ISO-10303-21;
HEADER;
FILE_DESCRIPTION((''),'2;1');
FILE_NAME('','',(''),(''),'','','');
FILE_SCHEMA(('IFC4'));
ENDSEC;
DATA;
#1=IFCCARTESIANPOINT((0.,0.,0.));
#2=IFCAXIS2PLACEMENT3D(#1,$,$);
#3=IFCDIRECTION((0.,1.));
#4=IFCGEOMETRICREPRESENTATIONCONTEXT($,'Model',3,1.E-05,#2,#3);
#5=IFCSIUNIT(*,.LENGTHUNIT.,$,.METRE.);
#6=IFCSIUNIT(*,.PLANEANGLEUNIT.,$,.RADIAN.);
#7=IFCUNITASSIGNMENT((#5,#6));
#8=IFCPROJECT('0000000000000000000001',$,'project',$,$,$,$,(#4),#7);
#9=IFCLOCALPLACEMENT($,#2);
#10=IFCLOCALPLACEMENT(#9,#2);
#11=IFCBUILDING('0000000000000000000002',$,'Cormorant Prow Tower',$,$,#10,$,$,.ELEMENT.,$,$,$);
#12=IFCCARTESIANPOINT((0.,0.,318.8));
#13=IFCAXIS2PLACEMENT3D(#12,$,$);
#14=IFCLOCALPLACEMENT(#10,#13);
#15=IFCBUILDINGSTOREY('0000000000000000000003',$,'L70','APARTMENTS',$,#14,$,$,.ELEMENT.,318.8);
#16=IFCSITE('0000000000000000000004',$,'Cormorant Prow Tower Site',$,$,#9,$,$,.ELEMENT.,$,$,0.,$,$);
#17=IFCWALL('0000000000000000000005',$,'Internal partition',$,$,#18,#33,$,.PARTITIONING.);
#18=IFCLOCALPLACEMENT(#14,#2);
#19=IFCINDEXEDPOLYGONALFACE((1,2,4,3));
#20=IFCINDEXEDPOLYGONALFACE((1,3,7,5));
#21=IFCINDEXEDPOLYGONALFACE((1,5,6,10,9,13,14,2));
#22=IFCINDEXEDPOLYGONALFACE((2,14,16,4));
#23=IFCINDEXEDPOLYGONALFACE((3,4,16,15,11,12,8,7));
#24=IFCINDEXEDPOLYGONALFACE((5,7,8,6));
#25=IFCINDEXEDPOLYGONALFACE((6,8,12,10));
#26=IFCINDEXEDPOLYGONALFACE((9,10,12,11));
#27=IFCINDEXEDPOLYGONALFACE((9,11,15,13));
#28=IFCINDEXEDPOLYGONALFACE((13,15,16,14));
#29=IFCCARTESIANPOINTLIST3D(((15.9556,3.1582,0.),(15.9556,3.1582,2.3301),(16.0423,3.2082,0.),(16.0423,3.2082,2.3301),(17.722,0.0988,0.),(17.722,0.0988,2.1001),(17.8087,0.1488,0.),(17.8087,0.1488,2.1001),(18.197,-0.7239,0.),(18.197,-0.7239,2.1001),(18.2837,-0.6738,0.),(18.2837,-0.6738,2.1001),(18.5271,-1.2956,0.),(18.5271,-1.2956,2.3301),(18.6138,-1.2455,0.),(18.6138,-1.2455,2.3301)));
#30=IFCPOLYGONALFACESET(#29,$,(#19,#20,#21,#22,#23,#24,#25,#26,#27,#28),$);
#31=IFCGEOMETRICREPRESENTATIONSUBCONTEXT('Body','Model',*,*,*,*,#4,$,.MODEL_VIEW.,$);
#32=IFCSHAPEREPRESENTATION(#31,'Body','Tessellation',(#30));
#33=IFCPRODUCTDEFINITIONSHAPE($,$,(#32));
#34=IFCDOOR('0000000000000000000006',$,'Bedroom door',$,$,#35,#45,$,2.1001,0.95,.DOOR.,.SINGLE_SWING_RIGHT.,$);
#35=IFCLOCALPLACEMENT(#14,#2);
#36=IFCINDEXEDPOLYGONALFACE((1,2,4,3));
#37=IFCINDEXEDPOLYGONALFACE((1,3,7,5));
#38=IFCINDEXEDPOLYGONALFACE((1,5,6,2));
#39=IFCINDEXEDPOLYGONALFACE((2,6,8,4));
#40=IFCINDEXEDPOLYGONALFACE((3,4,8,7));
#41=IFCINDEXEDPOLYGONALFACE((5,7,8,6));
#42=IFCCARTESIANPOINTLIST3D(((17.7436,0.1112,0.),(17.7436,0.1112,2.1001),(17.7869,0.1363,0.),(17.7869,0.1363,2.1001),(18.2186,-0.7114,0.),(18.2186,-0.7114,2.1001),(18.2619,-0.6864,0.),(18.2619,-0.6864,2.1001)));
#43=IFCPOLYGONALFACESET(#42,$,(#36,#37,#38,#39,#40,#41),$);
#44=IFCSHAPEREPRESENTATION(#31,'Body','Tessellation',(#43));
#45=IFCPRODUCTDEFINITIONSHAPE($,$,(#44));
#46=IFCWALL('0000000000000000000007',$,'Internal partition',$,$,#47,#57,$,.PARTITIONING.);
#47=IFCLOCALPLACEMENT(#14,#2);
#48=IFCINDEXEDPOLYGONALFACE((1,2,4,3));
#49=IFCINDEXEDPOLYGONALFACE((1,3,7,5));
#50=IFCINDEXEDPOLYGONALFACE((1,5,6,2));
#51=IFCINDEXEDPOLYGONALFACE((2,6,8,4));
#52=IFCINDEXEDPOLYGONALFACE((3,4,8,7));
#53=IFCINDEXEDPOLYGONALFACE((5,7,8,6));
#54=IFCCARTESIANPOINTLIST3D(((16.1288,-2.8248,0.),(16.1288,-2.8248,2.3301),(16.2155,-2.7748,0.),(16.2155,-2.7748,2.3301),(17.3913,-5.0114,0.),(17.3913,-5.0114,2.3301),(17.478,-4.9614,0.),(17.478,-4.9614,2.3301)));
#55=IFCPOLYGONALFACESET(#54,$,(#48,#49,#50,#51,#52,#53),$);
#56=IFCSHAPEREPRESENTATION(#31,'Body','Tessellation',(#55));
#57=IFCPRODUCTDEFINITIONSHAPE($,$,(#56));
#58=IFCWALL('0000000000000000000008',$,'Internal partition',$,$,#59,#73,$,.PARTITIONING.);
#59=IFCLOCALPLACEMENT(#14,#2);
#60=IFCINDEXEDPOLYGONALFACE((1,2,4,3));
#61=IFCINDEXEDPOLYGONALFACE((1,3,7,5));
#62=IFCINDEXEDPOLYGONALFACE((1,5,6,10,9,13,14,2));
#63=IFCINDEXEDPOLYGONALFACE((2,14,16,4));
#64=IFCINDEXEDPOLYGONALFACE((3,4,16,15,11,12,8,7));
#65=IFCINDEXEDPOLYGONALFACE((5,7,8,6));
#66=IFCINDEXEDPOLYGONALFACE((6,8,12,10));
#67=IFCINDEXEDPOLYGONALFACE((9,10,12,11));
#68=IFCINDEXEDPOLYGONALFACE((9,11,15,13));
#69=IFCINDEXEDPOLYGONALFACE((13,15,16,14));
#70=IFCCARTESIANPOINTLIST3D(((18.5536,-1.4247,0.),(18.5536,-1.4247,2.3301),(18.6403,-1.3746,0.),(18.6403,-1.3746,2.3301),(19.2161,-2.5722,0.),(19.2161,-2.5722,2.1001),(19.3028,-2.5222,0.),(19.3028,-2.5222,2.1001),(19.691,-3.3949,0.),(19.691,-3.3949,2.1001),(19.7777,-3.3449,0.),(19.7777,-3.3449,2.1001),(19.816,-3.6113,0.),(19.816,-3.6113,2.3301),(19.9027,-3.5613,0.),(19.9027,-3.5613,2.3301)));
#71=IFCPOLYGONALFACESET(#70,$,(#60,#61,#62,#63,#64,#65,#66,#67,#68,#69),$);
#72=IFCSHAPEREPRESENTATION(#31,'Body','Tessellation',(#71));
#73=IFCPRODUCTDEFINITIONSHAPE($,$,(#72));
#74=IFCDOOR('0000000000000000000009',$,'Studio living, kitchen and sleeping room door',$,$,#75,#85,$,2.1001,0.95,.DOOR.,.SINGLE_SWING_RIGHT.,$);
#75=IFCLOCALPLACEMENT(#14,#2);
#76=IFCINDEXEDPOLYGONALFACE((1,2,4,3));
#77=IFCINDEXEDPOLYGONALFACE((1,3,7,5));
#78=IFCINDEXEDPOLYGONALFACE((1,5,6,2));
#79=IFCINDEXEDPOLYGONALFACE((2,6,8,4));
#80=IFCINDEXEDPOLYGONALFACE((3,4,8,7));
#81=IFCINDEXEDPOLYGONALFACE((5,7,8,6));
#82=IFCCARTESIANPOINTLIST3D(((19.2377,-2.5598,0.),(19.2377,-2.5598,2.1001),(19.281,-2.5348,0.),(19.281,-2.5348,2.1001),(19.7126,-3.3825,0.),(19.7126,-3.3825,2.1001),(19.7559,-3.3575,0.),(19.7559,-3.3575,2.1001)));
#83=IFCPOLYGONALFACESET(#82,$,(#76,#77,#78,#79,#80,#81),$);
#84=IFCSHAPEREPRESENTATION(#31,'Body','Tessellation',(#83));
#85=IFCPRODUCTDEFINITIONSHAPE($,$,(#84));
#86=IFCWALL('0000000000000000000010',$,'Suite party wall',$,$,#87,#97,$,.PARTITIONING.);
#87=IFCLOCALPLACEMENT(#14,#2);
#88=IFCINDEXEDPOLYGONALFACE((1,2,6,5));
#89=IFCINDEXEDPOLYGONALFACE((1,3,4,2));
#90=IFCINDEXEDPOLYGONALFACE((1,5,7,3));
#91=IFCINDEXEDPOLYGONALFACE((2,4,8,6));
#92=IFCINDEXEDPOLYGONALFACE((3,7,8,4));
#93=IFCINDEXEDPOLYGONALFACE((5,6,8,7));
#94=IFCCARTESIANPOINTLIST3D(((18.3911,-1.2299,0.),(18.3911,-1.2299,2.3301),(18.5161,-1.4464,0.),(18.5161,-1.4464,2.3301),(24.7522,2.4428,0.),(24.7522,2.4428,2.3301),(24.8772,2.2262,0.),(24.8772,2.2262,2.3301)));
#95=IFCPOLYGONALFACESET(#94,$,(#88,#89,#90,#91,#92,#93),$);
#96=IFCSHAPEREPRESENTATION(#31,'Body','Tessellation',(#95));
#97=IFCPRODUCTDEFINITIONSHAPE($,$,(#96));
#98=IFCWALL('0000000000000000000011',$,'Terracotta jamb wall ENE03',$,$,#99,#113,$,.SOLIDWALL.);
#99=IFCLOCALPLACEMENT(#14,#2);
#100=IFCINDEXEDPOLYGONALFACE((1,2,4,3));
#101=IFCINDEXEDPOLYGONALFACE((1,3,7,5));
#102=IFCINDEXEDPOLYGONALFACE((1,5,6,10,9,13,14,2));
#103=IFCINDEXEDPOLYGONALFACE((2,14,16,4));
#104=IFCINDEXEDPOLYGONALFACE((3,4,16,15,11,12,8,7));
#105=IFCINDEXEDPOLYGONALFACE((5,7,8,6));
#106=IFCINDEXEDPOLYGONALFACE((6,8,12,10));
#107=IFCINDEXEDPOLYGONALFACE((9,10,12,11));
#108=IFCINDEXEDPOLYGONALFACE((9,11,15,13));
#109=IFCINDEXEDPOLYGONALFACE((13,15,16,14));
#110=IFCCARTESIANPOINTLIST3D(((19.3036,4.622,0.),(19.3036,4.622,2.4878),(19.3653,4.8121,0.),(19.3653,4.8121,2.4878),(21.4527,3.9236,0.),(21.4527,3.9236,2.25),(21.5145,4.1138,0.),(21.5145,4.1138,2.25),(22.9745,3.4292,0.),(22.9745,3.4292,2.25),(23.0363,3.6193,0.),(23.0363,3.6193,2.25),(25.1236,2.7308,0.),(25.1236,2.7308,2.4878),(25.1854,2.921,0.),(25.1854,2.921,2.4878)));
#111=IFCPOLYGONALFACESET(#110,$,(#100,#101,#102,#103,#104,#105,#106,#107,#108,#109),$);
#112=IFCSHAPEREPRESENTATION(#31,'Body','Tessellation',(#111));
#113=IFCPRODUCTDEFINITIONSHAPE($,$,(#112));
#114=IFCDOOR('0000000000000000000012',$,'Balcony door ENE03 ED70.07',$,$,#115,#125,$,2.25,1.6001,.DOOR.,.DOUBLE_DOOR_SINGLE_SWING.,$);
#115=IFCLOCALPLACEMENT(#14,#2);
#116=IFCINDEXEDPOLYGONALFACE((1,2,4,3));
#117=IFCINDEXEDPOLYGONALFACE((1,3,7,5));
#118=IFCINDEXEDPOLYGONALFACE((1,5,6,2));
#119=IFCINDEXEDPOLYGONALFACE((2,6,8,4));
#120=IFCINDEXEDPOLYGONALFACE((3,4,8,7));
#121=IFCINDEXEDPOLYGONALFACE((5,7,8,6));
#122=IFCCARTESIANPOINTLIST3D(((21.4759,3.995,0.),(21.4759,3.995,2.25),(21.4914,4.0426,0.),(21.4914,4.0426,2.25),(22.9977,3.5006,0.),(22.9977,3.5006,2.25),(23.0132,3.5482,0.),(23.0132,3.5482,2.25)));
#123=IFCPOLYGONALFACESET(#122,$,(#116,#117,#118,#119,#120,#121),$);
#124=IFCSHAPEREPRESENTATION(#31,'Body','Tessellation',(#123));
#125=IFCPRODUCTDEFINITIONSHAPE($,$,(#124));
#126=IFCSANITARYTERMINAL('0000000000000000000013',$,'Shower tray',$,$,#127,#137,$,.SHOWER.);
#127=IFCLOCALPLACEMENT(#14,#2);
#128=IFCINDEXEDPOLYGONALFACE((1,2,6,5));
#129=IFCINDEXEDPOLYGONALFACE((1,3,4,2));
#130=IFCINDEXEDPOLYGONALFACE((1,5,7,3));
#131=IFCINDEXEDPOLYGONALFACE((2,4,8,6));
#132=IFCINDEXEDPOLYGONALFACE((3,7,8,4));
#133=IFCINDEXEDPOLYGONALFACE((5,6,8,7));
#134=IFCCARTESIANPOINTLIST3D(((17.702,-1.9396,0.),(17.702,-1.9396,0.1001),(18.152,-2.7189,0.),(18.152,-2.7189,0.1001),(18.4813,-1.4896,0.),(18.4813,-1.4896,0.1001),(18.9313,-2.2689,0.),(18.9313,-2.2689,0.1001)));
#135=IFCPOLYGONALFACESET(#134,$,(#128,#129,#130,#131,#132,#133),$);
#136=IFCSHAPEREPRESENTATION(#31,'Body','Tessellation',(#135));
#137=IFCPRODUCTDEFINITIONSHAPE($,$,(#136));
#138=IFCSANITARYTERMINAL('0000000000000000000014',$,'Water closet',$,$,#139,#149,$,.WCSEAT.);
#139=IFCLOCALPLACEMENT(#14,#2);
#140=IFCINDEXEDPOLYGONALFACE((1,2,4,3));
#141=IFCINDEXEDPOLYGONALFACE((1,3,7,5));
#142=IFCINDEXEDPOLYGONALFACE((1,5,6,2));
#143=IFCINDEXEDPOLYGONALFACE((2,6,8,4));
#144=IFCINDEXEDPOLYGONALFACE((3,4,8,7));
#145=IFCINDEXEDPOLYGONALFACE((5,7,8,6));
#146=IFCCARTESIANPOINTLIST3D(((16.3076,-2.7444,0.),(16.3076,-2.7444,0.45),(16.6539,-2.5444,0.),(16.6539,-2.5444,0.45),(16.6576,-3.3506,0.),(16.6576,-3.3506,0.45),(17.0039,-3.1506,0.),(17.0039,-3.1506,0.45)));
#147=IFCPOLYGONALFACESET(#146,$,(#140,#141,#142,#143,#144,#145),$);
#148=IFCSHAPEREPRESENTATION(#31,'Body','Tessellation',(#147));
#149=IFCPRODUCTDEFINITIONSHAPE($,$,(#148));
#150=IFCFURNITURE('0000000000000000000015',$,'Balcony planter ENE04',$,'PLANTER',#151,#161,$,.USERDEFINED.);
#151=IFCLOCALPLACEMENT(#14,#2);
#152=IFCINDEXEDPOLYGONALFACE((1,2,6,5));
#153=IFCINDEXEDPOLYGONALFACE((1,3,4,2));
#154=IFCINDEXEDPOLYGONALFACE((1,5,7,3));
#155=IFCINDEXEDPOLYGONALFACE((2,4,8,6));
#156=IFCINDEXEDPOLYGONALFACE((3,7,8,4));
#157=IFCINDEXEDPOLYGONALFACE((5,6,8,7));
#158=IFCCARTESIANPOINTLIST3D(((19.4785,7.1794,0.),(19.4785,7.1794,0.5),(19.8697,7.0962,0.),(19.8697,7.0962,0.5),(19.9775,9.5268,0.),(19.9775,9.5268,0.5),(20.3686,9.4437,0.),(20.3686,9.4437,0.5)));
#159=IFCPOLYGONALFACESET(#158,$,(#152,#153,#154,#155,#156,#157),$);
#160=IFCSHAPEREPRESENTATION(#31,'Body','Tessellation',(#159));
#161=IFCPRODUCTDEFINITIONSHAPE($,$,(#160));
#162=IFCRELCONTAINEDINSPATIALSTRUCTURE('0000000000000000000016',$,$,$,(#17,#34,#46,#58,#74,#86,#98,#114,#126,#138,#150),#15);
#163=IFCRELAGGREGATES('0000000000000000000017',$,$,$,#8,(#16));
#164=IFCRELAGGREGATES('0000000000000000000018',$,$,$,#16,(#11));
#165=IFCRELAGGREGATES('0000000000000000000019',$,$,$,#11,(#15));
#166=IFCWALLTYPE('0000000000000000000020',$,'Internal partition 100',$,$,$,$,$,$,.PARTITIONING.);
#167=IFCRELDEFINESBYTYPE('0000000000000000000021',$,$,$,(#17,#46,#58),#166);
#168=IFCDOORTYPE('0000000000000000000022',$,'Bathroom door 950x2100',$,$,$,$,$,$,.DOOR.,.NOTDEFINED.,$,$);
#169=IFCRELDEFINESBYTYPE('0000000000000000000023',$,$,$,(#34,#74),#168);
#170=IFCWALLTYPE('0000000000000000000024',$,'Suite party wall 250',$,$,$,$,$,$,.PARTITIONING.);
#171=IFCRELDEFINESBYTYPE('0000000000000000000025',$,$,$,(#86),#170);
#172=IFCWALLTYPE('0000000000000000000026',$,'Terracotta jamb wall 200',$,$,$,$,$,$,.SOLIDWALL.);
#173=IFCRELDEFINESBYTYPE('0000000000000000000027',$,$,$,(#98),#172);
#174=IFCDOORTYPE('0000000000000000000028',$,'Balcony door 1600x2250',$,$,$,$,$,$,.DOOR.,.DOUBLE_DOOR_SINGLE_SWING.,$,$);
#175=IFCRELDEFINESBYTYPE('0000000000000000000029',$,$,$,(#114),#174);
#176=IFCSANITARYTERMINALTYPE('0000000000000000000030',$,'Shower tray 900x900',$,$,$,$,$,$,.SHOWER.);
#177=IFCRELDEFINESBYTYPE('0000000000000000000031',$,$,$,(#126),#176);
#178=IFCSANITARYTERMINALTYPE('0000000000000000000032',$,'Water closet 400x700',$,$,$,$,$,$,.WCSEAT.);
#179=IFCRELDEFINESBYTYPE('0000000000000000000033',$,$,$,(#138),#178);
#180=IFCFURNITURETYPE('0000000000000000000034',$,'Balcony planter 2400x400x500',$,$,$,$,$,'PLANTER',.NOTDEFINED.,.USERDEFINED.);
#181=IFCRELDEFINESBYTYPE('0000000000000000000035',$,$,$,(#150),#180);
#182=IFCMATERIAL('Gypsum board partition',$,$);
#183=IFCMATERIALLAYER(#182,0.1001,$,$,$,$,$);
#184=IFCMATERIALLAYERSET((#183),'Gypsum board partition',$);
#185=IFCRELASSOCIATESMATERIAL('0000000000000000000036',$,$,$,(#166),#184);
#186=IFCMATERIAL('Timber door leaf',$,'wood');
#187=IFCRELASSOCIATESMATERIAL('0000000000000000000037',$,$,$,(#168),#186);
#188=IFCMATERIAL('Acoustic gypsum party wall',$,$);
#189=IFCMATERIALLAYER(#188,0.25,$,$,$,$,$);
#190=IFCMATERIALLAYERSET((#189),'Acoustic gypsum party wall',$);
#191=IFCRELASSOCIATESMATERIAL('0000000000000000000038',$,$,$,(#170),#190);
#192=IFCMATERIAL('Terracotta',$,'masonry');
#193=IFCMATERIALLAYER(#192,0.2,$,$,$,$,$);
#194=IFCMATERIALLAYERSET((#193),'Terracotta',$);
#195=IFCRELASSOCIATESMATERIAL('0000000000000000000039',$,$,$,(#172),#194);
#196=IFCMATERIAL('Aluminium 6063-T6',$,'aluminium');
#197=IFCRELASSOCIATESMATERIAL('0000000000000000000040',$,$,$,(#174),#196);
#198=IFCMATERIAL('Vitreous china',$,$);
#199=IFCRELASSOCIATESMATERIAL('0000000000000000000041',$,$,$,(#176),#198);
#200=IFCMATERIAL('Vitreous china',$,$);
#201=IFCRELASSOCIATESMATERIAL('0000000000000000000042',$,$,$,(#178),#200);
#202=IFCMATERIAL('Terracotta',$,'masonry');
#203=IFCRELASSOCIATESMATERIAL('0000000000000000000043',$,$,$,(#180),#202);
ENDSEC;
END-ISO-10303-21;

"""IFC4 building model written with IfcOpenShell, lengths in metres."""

from ifc_helpers import new_model, si_unit, direction, frame, frame_2d, origin, origin_2d, place, context, subcontext, project, spatial, rectangle, extrude, material, layer, layer_set, type_object, element, fill, save


model = new_model("IFC4")

# Units and contexts
model_context = context("Model", 3, precision=1e-05, world=origin(), true_north=direction((0.0, 1.0)))
body_context = subcontext(model_context, "Body", "Model", "MODEL_VIEW")
ifc_project = project(units=[si_unit("LENGTHUNIT", "METRE"), si_unit("PLANEANGLEUNIT", "RADIAN")], contexts=[model_context])

# Site, building, storey
site_placement = place(None, origin())
site = spatial("IfcSite", under=ifc_project, at=site_placement, Name="Cormorant Prow Tower Site", CompositionType="ELEMENT", RefElevation=0.0)
building_placement = place(site_placement, origin())
building = spatial("IfcBuilding", under=site, at=building_placement, Name="Cormorant Prow Tower", CompositionType="ELEMENT")
storey_placement = place(building_placement, frame((0.0, 0.0, 318.8)))
storey = spatial("IfcBuildingStorey", under=building, at=storey_placement, Name="L70", Description="APARTMENTS", CompositionType="ELEMENT", Elevation=318.8)

# Wall, opening, door
ifc_material_1 = material(Name="Gypsum board partition")
ifc_layer_1 = layer(ifc_material_1, 0.1001)
ifc_layer_set_1 = layer_set([ifc_layer_1], Name="Gypsum board partition")
wall_type_1 = type_object("IfcWallType", Name="Internal partition 100", PredefinedType="PARTITIONING", material=ifc_layer_set_1)
ifc_material_2 = material(Name="Timber door leaf", Category="wood")
door_type_1 = type_object("IfcDoorType", Name="Bathroom door 950x2100", OperationType="NOTDEFINED", PredefinedType="DOOR", material=ifc_material_2)
wall_1_placement = place(storey_placement, frame((15.999, 3.1831, 0.0), z_axis=(0.0, 0.0, 1.0), x_axis=(0.500014, -0.866017, 0.0)))
wall_1 = element("IfcWall", 1, at=wall_1_placement, inside=storey, type_object=wall_type_1, Name="Internal partition", PredefinedType="PARTITIONING", context=body_context, shape_type="SweptSolid", body=[
    extrude(rectangle(XDim=5.1428, YDim=0.1001, at=frame_2d((2.5713, 0.0))), origin(), (0.0, 0.0, 1.0), 2.3301),
])
opening_1_placement = place(wall_1_placement, frame((3.5325, 0.0, 0.0)))
opening_1 = element("IfcOpeningElement", 2, at=opening_1_placement, cuts=wall_1, PredefinedType="OPENING", context=body_context, shape_type="SweptSolid", body=[
    extrude(rectangle(XDim=0.95, YDim=2.1001, at=frame_2d((0.4751, 1.05))), frame((0.0, 0.0601, 0.0), z_axis=(0.0, -1.0, 0.0), x_axis=(1.0, 0.0, 0.0)), (0.0, 0.0, 1.0), 0.1201),
])
door_1_placement = place(opening_1_placement, origin())
door_1 = element("IfcDoor", 3, at=door_1_placement, inside=storey, type_object=door_type_1, Name="Bedroom door", OperationType="SINGLE_SWING_RIGHT", OverallHeight=2.1001, OverallWidth=0.95, PredefinedType="DOOR", context=body_context, shape_type="SweptSolid", body=[
    extrude(rectangle(XDim=0.95, YDim=2.1001, at=frame_2d((0.4751, 1.05))), frame((0.0, 0.0249, 0.0), z_axis=(0.0, -1.0, 0.0), x_axis=(1.0, 0.0, 0.0)), (0.0, 0.0, 1.0), 0.05),
])
fill(opening_1, door_1)

# Wall
wall_2_placement = place(storey_placement, frame((16.1721, -2.7998, 0.0), z_axis=(0.0, 0.0, 1.0), x_axis=(0.500018, -0.866015, 0.0)))
element("IfcWall", 4, at=wall_2_placement, inside=storey, type_object=wall_type_1, Name="Internal partition", PredefinedType="PARTITIONING", context=body_context, shape_type="SweptSolid", body=[
    extrude(rectangle(XDim=2.5249, YDim=0.1001, at=frame_2d((1.2625, 0.0))), origin(), (0.0, 0.0, 1.0), 2.3301),
])

# Wall, opening, door
wall_3_placement = place(storey_placement, frame((18.5969, -1.3997, 0.0), z_axis=(0.0, 0.0, 1.0), x_axis=(0.499976, -0.866039, 0.0)))
wall_3 = element("IfcWall", 5, at=wall_3_placement, inside=storey, type_object=wall_type_1, Name="Internal partition", PredefinedType="PARTITIONING", context=body_context, shape_type="SweptSolid", body=[
    extrude(rectangle(XDim=2.5249, YDim=0.1001, at=frame_2d((1.2625, 0.0))), origin(), (0.0, 0.0, 1.0), 2.3301),
])
opening_2_placement = place(wall_3_placement, frame((1.325, 0.0, 0.0)))
opening_2 = element("IfcOpeningElement", 6, at=opening_2_placement, cuts=wall_3, PredefinedType="OPENING", context=body_context, shape_type="SweptSolid", body=[
    extrude(rectangle(XDim=0.95, YDim=2.1001, at=frame_2d((0.4751, 1.05))), frame((0.0, 0.0601, 0.0), z_axis=(0.0, -1.0, 0.0), x_axis=(1.0, 0.0, 0.0)), (0.0, 0.0, 1.0), 0.1201),
])
door_2_placement = place(opening_2_placement, origin())
door_2 = element("IfcDoor", 7, at=door_2_placement, inside=storey, type_object=door_type_1, Name="Studio living, kitchen and sleeping room door", OperationType="SINGLE_SWING_RIGHT", OverallHeight=2.1001, OverallWidth=0.95, PredefinedType="DOOR", context=body_context, shape_type="SweptSolid", body=[
    extrude(rectangle(XDim=0.95, YDim=2.1001, at=frame_2d((0.4751, 1.05))), frame((0.0, 0.0249, 0.0), z_axis=(0.0, -1.0, 0.0), x_axis=(1.0, 0.0, 0.0)), (0.0, 0.0, 1.0), 0.05),
])
fill(opening_2, door_2)

# Wall
ifc_material_3 = material(Name="Acoustic gypsum party wall")
ifc_layer_2 = layer(ifc_material_3, 0.25)
ifc_layer_set_2 = layer_set([ifc_layer_2], Name="Acoustic gypsum party wall")
wall_type_2 = type_object("IfcWallType", Name="Suite party wall 250", PredefinedType="PARTITIONING", material=ifc_layer_set_2)
wall_4_placement = place(storey_placement, frame((18.4536, -1.3381, 0.0), z_axis=(0.0, 0.0, 1.0), x_axis=(0.866023, 0.500003, 0.0)))
element("IfcWall", 8, at=wall_4_placement, inside=storey, type_object=wall_type_2, Name="Suite party wall", PredefinedType="PARTITIONING", context=body_context, shape_type="SweptSolid", body=[
    extrude(rectangle(XDim=7.3452, YDim=0.25, at=frame_2d((3.6726, 0.0))), origin(), (0.0, 0.0, 1.0), 2.3301),
])

# Wall, opening, door
ifc_material_4 = material(Name="Terracotta", Category="masonry")
ifc_layer_3 = layer(ifc_material_4, 0.2)
ifc_layer_set_3 = layer_set([ifc_layer_3], Name="Terracotta")
wall_type_3 = type_object("IfcWallType", Name="Terracotta jamb wall 200", PredefinedType="SOLIDWALL", material=ifc_layer_set_3)
wall_5_placement = place(storey_placement, frame((25.1545, 2.8259, 0.0), z_axis=(0.0, 0.0, 1.0), x_axis=(-0.951054, 0.309026, 0.0)))
wall_5 = element("IfcWall", 9, at=wall_5_placement, inside=storey, type_object=wall_type_3, Name="Terracotta jamb wall ENE03", PredefinedType="SOLIDWALL", context=body_context, shape_type="SweptSolid", body=[
    extrude(rectangle(XDim=6.1196, YDim=0.2, at=frame_2d((3.0598, 0.0))), origin(), (0.0, 0.0, 1.0), 2.4878),
])
opening_3_placement = place(wall_5_placement, frame((2.2598, 0.0, 0.0)))
opening_3 = element("IfcOpeningElement", 10, at=opening_3_placement, cuts=wall_5, PredefinedType="OPENING", context=body_context, shape_type="SweptSolid", body=[
    extrude(rectangle(XDim=1.6001, YDim=2.25, at=frame_2d((0.8, 1.125))), frame((0.0, 0.1099, 0.0), z_axis=(0.0, -1.0, 0.0), x_axis=(1.0, 0.0, 0.0)), (0.0, 0.0, 1.0), 0.22),
])
ifc_material_5 = material(Name="Aluminium 6063-T6", Category="aluminium")
door_type_2 = type_object("IfcDoorType", Name="Balcony door 1600x2250", OperationType="DOUBLE_DOOR_SINGLE_SWING", PredefinedType="DOOR", material=ifc_material_5)
door_3_placement = place(opening_3_placement, origin())
door_3 = element("IfcDoor", 11, at=door_3_placement, inside=storey, type_object=door_type_2, Name="Balcony door ENE03 ED70.07", OperationType="DOUBLE_DOOR_SINGLE_SWING", OverallHeight=2.25, OverallWidth=1.6001, PredefinedType="DOOR", context=body_context, shape_type="SweptSolid", body=[
    extrude(rectangle(XDim=1.6001, YDim=2.25, at=frame_2d((0.8, 1.125))), frame((0.0, 0.0249, 0.0), z_axis=(0.0, -1.0, 0.0), x_axis=(1.0, 0.0, 0.0)), (0.0, 0.0, 1.0), 0.05),
])
fill(opening_3, door_3)

# Sanitary terminals
ifc_material_6 = material(Name="Vitreous china")
sanitary_terminal_type_1 = type_object("IfcSanitaryTerminalType", Name="Shower tray 900x900", PredefinedType="SHOWER", material=ifc_material_6)
sanitary_terminal_1_placement = place(storey_placement, frame((18.3167, -2.1042, 0.0), z_axis=(0.0, 0.0, 1.0), x_axis=(0.5, -0.866025, 0.0)))
element("IfcSanitaryTerminal", 12, at=sanitary_terminal_1_placement, inside=storey, type_object=sanitary_terminal_type_1, Name="Shower tray", PredefinedType="SHOWER", context=body_context, shape_type="SweptSolid", body=[
    extrude(rectangle(XDim=0.8999, YDim=0.8999, at=origin_2d()), origin(), (0.0, 0.0, 1.0), 0.1001),
])
ifc_material_7 = material(Name="Vitreous china")
sanitary_terminal_type_2 = type_object("IfcSanitaryTerminalType", Name="Water closet 400x700", PredefinedType="WCSEAT", material=ifc_material_7)
sanitary_terminal_2_placement = place(storey_placement, frame((16.6558, -2.9475, 0.0), z_axis=(0.0, 0.0, 1.0), x_axis=(0.866025, 0.5, 0.0)))
element("IfcSanitaryTerminal", 13, at=sanitary_terminal_2_placement, inside=storey, type_object=sanitary_terminal_type_2, Name="Water closet", PredefinedType="WCSEAT", context=body_context, shape_type="SweptSolid", body=[
    extrude(rectangle(XDim=0.3999, YDim=0.7, at=origin_2d()), origin(), (0.0, 0.0, 1.0), 0.45),
])

# Furniture
ifc_material_8 = material(Name="Terracotta", Category="masonry")
furniture_type = type_object("IfcFurnitureType", Name="Balcony planter 2400x400x500", ElementType="PLANTER", AssemblyPlace="NOTDEFINED", PredefinedType="USERDEFINED", material=ifc_material_8)
furniture_placement = place(storey_placement, frame((19.9236, 8.3115, 0.0), z_axis=(0.0, 0.0, 1.0), x_axis=(0.207912, 0.978148, 0.0)))
element("IfcFurniture", 14, at=furniture_placement, inside=storey, type_object=furniture_type, Name="Balcony planter ENE04", ObjectType="PLANTER", PredefinedType="USERDEFINED", context=body_context, shape_type="SweptSolid", body=[
    extrude(rectangle(XDim=2.3999, YDim=0.3999, at=origin_2d()), origin(), (0.0, 0.0, 1.0), 0.5),
])

save(model, "model.ifc")
